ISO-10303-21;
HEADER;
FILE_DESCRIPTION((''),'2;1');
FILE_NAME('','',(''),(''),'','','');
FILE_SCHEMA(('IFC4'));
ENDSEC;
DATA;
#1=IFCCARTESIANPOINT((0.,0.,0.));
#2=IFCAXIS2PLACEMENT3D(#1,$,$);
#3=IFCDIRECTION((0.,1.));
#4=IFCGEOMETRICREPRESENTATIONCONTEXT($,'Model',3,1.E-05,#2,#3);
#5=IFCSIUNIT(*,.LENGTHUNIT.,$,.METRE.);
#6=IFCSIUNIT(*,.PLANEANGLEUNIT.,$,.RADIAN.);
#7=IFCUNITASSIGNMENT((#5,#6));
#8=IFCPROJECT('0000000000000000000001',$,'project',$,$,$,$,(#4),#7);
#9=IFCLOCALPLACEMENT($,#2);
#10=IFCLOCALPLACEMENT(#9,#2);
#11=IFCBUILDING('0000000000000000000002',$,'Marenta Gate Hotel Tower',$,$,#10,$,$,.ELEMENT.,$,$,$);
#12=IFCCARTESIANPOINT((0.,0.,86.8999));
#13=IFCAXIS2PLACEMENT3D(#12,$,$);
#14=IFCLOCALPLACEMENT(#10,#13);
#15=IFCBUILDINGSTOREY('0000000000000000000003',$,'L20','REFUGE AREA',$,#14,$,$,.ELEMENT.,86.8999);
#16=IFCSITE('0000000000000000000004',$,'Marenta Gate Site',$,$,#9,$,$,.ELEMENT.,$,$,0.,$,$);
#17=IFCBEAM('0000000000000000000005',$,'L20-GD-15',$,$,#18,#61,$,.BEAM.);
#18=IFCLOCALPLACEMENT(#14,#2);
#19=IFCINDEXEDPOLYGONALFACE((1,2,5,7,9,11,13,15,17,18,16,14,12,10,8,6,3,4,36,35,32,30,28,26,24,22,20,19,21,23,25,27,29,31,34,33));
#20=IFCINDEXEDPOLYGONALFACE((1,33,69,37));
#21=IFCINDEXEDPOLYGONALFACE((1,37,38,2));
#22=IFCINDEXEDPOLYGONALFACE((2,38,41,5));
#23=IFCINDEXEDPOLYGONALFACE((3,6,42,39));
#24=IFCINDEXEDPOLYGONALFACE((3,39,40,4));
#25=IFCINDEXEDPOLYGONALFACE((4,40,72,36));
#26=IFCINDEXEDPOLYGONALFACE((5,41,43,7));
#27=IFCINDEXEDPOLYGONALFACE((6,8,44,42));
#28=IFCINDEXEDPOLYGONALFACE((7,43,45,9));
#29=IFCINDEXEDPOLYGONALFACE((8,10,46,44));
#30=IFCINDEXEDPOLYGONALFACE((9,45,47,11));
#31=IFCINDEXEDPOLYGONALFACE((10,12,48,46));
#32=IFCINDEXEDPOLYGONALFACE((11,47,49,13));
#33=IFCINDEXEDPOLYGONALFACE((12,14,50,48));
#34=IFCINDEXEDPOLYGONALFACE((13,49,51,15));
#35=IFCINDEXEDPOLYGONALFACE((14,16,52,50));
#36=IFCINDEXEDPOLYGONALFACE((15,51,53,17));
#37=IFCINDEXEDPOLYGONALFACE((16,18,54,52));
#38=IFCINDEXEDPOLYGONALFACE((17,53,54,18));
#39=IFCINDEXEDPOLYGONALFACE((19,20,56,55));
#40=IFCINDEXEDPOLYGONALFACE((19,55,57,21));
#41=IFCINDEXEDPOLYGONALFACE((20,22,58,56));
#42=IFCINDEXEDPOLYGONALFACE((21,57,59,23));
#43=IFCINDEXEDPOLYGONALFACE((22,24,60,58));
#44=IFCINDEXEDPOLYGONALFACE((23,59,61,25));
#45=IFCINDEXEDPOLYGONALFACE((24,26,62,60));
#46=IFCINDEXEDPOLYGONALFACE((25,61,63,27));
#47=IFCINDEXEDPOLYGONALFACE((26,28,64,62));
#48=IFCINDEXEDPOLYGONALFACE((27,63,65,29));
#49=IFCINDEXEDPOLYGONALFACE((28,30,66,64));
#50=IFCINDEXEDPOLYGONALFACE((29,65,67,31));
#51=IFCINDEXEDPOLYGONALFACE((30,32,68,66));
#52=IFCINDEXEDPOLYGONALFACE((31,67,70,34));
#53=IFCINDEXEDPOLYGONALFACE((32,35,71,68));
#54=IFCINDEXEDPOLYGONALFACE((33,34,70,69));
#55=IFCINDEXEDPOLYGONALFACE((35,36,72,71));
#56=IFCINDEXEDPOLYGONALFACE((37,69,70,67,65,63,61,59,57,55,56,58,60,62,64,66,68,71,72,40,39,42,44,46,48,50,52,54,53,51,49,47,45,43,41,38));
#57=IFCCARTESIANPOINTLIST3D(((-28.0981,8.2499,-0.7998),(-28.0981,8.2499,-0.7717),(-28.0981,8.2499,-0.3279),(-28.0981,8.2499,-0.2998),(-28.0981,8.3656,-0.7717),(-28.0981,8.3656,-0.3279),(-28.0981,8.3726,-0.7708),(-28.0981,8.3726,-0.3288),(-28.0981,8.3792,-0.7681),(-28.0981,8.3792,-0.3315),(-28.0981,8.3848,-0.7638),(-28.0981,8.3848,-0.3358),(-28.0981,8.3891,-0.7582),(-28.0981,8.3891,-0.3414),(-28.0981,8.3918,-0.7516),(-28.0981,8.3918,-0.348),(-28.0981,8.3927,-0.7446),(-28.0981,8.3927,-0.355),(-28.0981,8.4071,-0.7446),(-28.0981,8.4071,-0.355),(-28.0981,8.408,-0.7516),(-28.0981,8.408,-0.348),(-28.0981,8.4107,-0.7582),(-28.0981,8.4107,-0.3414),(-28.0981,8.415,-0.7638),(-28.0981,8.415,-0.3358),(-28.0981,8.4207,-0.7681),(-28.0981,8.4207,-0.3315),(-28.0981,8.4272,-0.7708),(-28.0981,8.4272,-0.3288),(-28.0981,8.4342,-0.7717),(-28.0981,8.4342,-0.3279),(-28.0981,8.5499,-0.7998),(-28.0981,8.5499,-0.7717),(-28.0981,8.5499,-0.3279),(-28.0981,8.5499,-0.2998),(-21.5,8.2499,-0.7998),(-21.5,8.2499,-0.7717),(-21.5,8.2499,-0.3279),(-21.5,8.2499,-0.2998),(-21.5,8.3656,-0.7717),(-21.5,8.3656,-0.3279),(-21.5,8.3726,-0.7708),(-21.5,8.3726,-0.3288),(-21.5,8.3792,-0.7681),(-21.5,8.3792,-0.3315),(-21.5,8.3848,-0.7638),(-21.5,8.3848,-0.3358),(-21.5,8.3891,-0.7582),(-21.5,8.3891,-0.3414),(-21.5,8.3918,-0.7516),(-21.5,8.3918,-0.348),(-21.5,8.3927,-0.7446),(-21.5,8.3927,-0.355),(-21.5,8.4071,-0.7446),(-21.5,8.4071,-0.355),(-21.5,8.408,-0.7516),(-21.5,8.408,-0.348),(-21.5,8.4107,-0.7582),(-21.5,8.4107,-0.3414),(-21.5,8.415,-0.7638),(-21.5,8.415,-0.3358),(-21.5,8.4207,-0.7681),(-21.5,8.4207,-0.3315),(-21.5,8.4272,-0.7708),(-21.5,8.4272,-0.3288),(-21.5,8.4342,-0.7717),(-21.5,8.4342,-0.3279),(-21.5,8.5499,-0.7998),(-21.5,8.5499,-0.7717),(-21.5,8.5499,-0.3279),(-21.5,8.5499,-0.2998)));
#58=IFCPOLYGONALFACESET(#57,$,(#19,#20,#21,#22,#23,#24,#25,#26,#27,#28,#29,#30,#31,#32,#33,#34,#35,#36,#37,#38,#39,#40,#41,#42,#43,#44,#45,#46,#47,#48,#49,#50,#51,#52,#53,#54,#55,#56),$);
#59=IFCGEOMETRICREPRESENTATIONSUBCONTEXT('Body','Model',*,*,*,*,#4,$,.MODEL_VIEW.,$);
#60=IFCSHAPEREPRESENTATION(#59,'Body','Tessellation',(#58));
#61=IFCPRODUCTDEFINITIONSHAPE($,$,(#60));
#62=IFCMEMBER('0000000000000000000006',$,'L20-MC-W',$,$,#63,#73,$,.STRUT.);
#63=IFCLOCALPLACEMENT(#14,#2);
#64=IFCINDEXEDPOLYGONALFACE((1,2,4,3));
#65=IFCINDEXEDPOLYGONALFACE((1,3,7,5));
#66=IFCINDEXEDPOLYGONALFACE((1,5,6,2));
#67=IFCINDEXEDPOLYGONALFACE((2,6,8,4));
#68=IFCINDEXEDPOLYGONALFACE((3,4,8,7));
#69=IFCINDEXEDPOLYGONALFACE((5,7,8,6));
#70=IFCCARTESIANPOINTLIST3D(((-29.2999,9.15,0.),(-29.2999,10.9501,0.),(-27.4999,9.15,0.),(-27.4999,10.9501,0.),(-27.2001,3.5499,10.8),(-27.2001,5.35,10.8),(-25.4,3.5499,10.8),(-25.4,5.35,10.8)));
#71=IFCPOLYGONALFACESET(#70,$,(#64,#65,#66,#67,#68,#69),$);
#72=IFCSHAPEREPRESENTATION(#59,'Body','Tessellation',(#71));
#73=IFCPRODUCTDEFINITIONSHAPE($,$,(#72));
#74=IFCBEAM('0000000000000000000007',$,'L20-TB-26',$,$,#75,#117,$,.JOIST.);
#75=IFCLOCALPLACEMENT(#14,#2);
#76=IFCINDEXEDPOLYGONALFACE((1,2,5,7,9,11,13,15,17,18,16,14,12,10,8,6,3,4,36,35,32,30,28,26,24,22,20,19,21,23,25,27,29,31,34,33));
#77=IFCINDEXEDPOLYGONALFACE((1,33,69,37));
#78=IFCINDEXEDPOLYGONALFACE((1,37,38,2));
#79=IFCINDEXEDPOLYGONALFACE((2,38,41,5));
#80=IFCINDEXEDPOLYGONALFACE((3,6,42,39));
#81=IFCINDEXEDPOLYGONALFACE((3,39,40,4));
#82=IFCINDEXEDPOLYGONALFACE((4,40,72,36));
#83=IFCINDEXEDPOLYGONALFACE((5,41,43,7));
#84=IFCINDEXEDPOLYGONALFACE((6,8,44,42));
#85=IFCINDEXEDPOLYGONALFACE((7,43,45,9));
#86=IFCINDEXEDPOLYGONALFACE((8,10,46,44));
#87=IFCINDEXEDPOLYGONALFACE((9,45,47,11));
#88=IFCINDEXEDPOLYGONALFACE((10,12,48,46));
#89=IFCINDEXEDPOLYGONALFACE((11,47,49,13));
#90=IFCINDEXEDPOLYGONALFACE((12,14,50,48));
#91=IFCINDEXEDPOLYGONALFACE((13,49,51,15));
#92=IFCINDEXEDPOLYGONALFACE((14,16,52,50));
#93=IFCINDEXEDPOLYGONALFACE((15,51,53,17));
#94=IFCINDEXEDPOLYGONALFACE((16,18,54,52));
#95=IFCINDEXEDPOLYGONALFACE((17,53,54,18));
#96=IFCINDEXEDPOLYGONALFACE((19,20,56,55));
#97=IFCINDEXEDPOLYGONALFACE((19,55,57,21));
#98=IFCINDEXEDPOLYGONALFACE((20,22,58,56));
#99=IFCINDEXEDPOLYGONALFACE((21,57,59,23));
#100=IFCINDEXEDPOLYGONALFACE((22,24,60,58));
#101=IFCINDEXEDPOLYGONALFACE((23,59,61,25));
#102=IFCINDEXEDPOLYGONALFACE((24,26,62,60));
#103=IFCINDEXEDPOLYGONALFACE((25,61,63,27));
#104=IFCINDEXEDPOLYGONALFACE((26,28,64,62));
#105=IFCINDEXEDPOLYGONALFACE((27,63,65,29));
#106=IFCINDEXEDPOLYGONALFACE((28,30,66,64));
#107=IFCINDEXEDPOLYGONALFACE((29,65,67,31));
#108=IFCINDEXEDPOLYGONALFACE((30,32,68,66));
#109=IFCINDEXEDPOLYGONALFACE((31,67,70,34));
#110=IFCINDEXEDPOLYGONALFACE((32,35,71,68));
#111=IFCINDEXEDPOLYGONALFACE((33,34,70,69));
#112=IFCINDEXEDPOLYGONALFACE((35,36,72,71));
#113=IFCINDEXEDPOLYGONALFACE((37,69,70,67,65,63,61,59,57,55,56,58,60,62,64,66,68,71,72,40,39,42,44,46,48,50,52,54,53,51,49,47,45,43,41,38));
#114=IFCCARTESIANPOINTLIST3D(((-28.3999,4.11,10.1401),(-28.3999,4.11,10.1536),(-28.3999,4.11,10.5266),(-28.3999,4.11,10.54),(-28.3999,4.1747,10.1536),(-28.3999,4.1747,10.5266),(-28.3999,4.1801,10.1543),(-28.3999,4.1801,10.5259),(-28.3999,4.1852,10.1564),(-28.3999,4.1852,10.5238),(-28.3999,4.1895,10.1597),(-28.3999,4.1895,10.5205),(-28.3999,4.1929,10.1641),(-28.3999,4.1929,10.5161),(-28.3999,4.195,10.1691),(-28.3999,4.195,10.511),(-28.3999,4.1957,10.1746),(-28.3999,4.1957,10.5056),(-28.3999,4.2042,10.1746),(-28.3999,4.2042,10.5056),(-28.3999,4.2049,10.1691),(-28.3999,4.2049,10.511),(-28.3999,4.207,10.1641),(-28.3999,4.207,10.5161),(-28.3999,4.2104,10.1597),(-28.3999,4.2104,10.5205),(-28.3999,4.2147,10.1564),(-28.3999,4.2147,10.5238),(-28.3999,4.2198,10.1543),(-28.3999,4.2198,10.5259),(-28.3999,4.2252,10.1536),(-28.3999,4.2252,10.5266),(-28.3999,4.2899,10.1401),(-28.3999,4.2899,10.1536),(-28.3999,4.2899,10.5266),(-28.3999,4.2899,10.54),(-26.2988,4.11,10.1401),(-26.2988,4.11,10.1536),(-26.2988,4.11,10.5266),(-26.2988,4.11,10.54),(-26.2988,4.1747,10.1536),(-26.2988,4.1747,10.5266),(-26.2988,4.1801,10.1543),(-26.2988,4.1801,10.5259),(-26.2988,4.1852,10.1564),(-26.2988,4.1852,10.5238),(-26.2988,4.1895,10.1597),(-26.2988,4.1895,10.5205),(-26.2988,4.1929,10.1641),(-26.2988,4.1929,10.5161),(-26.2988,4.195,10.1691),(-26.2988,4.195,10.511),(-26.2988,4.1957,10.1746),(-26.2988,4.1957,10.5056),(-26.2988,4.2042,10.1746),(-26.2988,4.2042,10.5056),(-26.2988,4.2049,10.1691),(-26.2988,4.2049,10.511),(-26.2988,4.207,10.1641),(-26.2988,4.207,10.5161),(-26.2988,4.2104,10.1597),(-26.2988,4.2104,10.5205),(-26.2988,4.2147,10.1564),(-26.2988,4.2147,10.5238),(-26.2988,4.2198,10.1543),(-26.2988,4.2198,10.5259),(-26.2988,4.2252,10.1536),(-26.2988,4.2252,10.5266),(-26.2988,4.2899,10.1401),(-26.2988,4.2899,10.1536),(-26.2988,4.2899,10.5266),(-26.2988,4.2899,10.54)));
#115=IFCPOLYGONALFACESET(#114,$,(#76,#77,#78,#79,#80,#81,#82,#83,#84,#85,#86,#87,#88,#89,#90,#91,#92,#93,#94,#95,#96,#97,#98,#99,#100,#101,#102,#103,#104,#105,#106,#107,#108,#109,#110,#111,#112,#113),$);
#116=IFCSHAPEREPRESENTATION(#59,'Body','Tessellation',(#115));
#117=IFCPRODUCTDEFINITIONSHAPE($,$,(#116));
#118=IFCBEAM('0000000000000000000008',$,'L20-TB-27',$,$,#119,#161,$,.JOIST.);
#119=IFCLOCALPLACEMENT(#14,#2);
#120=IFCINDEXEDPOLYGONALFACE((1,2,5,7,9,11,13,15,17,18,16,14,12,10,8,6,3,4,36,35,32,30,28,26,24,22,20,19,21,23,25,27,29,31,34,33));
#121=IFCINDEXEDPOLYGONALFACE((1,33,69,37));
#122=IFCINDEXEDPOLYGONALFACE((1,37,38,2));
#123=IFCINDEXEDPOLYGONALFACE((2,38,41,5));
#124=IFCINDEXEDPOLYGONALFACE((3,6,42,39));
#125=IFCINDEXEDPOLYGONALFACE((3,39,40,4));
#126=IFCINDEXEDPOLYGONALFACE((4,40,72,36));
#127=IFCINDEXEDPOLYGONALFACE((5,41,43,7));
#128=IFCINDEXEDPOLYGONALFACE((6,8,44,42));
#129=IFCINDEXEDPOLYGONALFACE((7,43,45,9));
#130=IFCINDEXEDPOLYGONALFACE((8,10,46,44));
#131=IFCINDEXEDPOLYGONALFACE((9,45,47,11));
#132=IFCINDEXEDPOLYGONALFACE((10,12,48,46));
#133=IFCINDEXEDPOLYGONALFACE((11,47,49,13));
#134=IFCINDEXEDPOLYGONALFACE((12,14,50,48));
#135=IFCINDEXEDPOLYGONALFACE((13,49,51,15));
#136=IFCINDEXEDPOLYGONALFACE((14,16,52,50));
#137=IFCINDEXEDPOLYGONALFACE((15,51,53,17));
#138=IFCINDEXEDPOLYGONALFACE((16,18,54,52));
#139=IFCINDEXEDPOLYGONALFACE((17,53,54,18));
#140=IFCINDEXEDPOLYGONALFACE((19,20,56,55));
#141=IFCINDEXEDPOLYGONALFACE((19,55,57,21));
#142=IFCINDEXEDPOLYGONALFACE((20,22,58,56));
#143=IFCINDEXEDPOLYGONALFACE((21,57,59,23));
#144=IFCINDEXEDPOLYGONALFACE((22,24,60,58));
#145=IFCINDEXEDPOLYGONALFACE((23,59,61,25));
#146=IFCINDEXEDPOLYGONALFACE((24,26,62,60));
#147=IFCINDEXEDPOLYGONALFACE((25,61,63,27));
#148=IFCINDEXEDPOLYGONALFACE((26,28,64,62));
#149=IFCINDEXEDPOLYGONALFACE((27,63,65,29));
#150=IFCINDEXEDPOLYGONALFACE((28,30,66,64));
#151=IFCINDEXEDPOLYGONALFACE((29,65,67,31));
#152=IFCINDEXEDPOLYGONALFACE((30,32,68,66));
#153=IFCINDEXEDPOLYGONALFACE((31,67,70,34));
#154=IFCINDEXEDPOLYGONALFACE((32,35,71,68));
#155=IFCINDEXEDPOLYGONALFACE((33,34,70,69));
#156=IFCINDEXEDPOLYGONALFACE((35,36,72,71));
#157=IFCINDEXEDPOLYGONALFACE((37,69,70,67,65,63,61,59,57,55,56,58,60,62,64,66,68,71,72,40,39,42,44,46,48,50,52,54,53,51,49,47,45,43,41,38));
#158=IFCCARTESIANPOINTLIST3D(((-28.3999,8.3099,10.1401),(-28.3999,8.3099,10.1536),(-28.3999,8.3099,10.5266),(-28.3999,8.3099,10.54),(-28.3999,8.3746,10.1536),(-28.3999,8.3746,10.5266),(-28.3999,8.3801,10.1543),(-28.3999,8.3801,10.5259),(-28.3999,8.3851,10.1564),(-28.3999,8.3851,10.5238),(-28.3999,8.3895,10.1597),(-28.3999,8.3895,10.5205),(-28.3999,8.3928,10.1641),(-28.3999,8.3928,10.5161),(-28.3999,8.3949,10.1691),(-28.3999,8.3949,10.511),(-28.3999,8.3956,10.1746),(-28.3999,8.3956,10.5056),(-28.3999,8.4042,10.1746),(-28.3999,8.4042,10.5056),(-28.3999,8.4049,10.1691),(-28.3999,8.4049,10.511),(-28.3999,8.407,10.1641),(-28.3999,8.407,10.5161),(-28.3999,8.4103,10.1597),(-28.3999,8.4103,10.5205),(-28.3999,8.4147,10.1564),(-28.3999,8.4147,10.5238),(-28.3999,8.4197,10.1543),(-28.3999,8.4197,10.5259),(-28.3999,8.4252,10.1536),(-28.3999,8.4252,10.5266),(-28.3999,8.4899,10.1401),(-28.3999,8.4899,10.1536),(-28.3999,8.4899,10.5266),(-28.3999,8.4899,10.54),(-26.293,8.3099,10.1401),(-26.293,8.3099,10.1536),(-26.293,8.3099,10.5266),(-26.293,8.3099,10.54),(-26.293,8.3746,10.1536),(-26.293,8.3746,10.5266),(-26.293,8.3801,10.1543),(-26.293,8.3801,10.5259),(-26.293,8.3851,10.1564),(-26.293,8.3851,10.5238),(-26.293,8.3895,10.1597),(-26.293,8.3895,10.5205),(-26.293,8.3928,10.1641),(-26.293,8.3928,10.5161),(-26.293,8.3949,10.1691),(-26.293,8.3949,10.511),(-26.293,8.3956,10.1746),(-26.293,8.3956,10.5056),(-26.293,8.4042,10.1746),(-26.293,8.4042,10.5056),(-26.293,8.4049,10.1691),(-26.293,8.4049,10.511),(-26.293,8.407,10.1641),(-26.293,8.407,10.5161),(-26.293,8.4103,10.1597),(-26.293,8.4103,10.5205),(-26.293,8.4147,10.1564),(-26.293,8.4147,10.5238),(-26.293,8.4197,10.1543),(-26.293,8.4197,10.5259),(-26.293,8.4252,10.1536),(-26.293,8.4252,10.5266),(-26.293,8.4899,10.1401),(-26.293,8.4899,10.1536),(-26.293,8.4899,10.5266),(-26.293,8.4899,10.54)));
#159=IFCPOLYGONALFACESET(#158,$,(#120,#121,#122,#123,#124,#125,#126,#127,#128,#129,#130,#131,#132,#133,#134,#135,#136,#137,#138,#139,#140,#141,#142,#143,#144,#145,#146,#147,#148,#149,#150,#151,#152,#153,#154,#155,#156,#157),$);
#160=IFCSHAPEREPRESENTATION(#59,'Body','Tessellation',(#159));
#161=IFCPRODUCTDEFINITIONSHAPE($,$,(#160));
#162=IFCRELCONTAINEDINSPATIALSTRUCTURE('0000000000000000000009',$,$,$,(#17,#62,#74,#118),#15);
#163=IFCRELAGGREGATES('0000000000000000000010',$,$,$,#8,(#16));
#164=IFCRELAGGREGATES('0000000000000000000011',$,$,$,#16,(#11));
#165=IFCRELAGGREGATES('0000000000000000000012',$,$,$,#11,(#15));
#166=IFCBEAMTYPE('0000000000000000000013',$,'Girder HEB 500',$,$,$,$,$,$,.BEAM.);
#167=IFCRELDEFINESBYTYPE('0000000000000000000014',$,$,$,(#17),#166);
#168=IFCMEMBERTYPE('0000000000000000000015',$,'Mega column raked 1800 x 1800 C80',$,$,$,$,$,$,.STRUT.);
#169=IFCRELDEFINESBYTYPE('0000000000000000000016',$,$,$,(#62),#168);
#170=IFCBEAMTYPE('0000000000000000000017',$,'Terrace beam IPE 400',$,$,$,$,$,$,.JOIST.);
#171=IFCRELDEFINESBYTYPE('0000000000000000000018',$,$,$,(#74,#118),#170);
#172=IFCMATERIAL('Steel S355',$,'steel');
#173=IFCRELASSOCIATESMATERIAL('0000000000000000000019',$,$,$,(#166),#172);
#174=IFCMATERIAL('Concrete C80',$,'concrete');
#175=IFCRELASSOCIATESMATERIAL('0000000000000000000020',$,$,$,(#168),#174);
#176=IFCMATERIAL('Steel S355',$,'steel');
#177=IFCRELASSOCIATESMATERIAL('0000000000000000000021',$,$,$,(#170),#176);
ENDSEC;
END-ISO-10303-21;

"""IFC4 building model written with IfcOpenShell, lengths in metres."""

from ifc_helpers import new_model, si_unit, direction, frame, origin, origin_2d, place, context, subcontext, project, spatial, rectangle, i_section, extrude, material, material_profile, profile_set, type_object, element, save


model = new_model("IFC4")

# Units and contexts
model_context = context("Model", 3, precision=1e-05, world=origin(), true_north=direction((0.0, 1.0)))
body_context = subcontext(model_context, "Body", "Model", "MODEL_VIEW")
ifc_project = project(units=[si_unit("LENGTHUNIT", "METRE"), si_unit("PLANEANGLEUNIT", "RADIAN")], contexts=[model_context])

# Site, building, storey
site_placement = place(None, origin())
site = spatial("IfcSite", under=ifc_project, at=site_placement, Name="Marenta Gate Site", CompositionType="ELEMENT", RefElevation=0.0)
building_placement = place(site_placement, origin())
building = spatial("IfcBuilding", under=site, at=building_placement, Name="Marenta Gate Hotel Tower", CompositionType="ELEMENT")
storey_placement = place(building_placement, frame((0.0, 0.0, 86.8999)))
storey = spatial("IfcBuildingStorey", under=building, at=storey_placement, Name="L20", Description="REFUGE AREA", CompositionType="ELEMENT", Elevation=86.8999)

# Beam
ifc_material_1 = material(Name="Steel S355", Category="steel")
ifc_material_profile_1 = material_profile(ifc_material_1, i_section(OverallWidth=0.3, OverallDepth=0.5, WebThickness=0.0144, FlangeThickness=0.0281, FilletRadius=0.0271, at=origin_2d()), Name="HEB 500")
ifc_profile_set_1 = profile_set([ifc_material_profile_1], Name="Steel S355")
beam_type_1 = type_object("IfcBeamType", Name="Girder HEB 500", PredefinedType="BEAM", material=ifc_profile_set_1)
beam_1_placement = place(storey_placement, frame((-28.0981, 8.3999, -0.5498), z_axis=(1.0, 0.0, 0.0), x_axis=(0.0, 1.0, 0.0)))
element("IfcBeam", 1, at=beam_1_placement, inside=storey, type_object=beam_type_1, Name="L20-GD-15", PredefinedType="BEAM", context=body_context, shape_type="SweptSolid", body=[
    extrude(i_section(OverallWidth=0.3, OverallDepth=0.5, WebThickness=0.0144, FlangeThickness=0.0281, FilletRadius=0.0271, at=origin_2d()), origin(), (0.0, 0.0, 1.0), 6.5981),
])

# Member
ifc_material_2 = material(Name="Concrete C80", Category="concrete")
ifc_material_profile_2 = material_profile(ifc_material_2, rectangle(XDim=1.8, YDim=1.8, at=origin_2d()), Name="1800 x 1800")
ifc_profile_set_2 = profile_set([ifc_material_profile_2], Name="Concrete C80")
member_type_1 = type_object("IfcMemberType", Name="Mega column raked 1800 x 1800 C80", PredefinedType="STRUT", material=ifc_profile_set_2)
member_1_placement = place(storey_placement, frame((-28.3999, 10.05, 0.0), z_axis=(0.0, 0.0, 1.0), x_axis=(1.0, 0.0, 0.0)))
element("IfcMember", 2, at=member_1_placement, inside=storey, type_object=member_type_1, Name="L20-MC-W", PredefinedType="STRUT", context=body_context, shape_type="SweptSolid", body=[
    extrude(rectangle(XDim=1.8, YDim=1.8, at=origin_2d()), origin(), (0.170091, -0.453614, 0.874816), 12.3455),
])

# Beams
ifc_material_3 = material(Name="Steel S355", Category="steel")
ifc_material_profile_3 = material_profile(ifc_material_3, i_section(OverallWidth=0.1799, OverallDepth=0.3999, WebThickness=0.0085, FlangeThickness=0.0134, FilletRadius=0.021, at=origin_2d()), Name="IPE 400")
ifc_profile_set_3 = profile_set([ifc_material_profile_3], Name="Steel S355")
beam_type_2 = type_object("IfcBeamType", Name="Terrace beam IPE 400", PredefinedType="JOIST", material=ifc_profile_set_3)
beam_2_placement = place(storey_placement, frame((-28.3999, 4.2, 10.3401), z_axis=(1.0, 0.0, 0.0), x_axis=(0.0, 1.0, 0.0)))
element("IfcBeam", 3, at=beam_2_placement, inside=storey, type_object=beam_type_2, Name="L20-TB-26", PredefinedType="JOIST", context=body_context, shape_type="SweptSolid", body=[
    extrude(i_section(OverallWidth=0.1799, OverallDepth=0.3999, WebThickness=0.0085, FlangeThickness=0.0134, FilletRadius=0.021, at=origin_2d()), origin(), (0.0, 0.0, 1.0), 2.1011),
])
beam_3_placement = place(storey_placement, frame((-28.3999, 8.3999, 10.3401), z_axis=(1.0, 0.0, 0.0), x_axis=(0.0, 1.0, 0.0)))
element("IfcBeam", 4, at=beam_3_placement, inside=storey, type_object=beam_type_2, Name="L20-TB-27", PredefinedType="JOIST", context=body_context, shape_type="SweptSolid", body=[
    extrude(i_section(OverallWidth=0.1799, OverallDepth=0.3999, WebThickness=0.0085, FlangeThickness=0.0134, FilletRadius=0.021, at=origin_2d()), origin(), (0.0, 0.0, 1.0), 2.1069),
])

save(model, "model.ifc")
